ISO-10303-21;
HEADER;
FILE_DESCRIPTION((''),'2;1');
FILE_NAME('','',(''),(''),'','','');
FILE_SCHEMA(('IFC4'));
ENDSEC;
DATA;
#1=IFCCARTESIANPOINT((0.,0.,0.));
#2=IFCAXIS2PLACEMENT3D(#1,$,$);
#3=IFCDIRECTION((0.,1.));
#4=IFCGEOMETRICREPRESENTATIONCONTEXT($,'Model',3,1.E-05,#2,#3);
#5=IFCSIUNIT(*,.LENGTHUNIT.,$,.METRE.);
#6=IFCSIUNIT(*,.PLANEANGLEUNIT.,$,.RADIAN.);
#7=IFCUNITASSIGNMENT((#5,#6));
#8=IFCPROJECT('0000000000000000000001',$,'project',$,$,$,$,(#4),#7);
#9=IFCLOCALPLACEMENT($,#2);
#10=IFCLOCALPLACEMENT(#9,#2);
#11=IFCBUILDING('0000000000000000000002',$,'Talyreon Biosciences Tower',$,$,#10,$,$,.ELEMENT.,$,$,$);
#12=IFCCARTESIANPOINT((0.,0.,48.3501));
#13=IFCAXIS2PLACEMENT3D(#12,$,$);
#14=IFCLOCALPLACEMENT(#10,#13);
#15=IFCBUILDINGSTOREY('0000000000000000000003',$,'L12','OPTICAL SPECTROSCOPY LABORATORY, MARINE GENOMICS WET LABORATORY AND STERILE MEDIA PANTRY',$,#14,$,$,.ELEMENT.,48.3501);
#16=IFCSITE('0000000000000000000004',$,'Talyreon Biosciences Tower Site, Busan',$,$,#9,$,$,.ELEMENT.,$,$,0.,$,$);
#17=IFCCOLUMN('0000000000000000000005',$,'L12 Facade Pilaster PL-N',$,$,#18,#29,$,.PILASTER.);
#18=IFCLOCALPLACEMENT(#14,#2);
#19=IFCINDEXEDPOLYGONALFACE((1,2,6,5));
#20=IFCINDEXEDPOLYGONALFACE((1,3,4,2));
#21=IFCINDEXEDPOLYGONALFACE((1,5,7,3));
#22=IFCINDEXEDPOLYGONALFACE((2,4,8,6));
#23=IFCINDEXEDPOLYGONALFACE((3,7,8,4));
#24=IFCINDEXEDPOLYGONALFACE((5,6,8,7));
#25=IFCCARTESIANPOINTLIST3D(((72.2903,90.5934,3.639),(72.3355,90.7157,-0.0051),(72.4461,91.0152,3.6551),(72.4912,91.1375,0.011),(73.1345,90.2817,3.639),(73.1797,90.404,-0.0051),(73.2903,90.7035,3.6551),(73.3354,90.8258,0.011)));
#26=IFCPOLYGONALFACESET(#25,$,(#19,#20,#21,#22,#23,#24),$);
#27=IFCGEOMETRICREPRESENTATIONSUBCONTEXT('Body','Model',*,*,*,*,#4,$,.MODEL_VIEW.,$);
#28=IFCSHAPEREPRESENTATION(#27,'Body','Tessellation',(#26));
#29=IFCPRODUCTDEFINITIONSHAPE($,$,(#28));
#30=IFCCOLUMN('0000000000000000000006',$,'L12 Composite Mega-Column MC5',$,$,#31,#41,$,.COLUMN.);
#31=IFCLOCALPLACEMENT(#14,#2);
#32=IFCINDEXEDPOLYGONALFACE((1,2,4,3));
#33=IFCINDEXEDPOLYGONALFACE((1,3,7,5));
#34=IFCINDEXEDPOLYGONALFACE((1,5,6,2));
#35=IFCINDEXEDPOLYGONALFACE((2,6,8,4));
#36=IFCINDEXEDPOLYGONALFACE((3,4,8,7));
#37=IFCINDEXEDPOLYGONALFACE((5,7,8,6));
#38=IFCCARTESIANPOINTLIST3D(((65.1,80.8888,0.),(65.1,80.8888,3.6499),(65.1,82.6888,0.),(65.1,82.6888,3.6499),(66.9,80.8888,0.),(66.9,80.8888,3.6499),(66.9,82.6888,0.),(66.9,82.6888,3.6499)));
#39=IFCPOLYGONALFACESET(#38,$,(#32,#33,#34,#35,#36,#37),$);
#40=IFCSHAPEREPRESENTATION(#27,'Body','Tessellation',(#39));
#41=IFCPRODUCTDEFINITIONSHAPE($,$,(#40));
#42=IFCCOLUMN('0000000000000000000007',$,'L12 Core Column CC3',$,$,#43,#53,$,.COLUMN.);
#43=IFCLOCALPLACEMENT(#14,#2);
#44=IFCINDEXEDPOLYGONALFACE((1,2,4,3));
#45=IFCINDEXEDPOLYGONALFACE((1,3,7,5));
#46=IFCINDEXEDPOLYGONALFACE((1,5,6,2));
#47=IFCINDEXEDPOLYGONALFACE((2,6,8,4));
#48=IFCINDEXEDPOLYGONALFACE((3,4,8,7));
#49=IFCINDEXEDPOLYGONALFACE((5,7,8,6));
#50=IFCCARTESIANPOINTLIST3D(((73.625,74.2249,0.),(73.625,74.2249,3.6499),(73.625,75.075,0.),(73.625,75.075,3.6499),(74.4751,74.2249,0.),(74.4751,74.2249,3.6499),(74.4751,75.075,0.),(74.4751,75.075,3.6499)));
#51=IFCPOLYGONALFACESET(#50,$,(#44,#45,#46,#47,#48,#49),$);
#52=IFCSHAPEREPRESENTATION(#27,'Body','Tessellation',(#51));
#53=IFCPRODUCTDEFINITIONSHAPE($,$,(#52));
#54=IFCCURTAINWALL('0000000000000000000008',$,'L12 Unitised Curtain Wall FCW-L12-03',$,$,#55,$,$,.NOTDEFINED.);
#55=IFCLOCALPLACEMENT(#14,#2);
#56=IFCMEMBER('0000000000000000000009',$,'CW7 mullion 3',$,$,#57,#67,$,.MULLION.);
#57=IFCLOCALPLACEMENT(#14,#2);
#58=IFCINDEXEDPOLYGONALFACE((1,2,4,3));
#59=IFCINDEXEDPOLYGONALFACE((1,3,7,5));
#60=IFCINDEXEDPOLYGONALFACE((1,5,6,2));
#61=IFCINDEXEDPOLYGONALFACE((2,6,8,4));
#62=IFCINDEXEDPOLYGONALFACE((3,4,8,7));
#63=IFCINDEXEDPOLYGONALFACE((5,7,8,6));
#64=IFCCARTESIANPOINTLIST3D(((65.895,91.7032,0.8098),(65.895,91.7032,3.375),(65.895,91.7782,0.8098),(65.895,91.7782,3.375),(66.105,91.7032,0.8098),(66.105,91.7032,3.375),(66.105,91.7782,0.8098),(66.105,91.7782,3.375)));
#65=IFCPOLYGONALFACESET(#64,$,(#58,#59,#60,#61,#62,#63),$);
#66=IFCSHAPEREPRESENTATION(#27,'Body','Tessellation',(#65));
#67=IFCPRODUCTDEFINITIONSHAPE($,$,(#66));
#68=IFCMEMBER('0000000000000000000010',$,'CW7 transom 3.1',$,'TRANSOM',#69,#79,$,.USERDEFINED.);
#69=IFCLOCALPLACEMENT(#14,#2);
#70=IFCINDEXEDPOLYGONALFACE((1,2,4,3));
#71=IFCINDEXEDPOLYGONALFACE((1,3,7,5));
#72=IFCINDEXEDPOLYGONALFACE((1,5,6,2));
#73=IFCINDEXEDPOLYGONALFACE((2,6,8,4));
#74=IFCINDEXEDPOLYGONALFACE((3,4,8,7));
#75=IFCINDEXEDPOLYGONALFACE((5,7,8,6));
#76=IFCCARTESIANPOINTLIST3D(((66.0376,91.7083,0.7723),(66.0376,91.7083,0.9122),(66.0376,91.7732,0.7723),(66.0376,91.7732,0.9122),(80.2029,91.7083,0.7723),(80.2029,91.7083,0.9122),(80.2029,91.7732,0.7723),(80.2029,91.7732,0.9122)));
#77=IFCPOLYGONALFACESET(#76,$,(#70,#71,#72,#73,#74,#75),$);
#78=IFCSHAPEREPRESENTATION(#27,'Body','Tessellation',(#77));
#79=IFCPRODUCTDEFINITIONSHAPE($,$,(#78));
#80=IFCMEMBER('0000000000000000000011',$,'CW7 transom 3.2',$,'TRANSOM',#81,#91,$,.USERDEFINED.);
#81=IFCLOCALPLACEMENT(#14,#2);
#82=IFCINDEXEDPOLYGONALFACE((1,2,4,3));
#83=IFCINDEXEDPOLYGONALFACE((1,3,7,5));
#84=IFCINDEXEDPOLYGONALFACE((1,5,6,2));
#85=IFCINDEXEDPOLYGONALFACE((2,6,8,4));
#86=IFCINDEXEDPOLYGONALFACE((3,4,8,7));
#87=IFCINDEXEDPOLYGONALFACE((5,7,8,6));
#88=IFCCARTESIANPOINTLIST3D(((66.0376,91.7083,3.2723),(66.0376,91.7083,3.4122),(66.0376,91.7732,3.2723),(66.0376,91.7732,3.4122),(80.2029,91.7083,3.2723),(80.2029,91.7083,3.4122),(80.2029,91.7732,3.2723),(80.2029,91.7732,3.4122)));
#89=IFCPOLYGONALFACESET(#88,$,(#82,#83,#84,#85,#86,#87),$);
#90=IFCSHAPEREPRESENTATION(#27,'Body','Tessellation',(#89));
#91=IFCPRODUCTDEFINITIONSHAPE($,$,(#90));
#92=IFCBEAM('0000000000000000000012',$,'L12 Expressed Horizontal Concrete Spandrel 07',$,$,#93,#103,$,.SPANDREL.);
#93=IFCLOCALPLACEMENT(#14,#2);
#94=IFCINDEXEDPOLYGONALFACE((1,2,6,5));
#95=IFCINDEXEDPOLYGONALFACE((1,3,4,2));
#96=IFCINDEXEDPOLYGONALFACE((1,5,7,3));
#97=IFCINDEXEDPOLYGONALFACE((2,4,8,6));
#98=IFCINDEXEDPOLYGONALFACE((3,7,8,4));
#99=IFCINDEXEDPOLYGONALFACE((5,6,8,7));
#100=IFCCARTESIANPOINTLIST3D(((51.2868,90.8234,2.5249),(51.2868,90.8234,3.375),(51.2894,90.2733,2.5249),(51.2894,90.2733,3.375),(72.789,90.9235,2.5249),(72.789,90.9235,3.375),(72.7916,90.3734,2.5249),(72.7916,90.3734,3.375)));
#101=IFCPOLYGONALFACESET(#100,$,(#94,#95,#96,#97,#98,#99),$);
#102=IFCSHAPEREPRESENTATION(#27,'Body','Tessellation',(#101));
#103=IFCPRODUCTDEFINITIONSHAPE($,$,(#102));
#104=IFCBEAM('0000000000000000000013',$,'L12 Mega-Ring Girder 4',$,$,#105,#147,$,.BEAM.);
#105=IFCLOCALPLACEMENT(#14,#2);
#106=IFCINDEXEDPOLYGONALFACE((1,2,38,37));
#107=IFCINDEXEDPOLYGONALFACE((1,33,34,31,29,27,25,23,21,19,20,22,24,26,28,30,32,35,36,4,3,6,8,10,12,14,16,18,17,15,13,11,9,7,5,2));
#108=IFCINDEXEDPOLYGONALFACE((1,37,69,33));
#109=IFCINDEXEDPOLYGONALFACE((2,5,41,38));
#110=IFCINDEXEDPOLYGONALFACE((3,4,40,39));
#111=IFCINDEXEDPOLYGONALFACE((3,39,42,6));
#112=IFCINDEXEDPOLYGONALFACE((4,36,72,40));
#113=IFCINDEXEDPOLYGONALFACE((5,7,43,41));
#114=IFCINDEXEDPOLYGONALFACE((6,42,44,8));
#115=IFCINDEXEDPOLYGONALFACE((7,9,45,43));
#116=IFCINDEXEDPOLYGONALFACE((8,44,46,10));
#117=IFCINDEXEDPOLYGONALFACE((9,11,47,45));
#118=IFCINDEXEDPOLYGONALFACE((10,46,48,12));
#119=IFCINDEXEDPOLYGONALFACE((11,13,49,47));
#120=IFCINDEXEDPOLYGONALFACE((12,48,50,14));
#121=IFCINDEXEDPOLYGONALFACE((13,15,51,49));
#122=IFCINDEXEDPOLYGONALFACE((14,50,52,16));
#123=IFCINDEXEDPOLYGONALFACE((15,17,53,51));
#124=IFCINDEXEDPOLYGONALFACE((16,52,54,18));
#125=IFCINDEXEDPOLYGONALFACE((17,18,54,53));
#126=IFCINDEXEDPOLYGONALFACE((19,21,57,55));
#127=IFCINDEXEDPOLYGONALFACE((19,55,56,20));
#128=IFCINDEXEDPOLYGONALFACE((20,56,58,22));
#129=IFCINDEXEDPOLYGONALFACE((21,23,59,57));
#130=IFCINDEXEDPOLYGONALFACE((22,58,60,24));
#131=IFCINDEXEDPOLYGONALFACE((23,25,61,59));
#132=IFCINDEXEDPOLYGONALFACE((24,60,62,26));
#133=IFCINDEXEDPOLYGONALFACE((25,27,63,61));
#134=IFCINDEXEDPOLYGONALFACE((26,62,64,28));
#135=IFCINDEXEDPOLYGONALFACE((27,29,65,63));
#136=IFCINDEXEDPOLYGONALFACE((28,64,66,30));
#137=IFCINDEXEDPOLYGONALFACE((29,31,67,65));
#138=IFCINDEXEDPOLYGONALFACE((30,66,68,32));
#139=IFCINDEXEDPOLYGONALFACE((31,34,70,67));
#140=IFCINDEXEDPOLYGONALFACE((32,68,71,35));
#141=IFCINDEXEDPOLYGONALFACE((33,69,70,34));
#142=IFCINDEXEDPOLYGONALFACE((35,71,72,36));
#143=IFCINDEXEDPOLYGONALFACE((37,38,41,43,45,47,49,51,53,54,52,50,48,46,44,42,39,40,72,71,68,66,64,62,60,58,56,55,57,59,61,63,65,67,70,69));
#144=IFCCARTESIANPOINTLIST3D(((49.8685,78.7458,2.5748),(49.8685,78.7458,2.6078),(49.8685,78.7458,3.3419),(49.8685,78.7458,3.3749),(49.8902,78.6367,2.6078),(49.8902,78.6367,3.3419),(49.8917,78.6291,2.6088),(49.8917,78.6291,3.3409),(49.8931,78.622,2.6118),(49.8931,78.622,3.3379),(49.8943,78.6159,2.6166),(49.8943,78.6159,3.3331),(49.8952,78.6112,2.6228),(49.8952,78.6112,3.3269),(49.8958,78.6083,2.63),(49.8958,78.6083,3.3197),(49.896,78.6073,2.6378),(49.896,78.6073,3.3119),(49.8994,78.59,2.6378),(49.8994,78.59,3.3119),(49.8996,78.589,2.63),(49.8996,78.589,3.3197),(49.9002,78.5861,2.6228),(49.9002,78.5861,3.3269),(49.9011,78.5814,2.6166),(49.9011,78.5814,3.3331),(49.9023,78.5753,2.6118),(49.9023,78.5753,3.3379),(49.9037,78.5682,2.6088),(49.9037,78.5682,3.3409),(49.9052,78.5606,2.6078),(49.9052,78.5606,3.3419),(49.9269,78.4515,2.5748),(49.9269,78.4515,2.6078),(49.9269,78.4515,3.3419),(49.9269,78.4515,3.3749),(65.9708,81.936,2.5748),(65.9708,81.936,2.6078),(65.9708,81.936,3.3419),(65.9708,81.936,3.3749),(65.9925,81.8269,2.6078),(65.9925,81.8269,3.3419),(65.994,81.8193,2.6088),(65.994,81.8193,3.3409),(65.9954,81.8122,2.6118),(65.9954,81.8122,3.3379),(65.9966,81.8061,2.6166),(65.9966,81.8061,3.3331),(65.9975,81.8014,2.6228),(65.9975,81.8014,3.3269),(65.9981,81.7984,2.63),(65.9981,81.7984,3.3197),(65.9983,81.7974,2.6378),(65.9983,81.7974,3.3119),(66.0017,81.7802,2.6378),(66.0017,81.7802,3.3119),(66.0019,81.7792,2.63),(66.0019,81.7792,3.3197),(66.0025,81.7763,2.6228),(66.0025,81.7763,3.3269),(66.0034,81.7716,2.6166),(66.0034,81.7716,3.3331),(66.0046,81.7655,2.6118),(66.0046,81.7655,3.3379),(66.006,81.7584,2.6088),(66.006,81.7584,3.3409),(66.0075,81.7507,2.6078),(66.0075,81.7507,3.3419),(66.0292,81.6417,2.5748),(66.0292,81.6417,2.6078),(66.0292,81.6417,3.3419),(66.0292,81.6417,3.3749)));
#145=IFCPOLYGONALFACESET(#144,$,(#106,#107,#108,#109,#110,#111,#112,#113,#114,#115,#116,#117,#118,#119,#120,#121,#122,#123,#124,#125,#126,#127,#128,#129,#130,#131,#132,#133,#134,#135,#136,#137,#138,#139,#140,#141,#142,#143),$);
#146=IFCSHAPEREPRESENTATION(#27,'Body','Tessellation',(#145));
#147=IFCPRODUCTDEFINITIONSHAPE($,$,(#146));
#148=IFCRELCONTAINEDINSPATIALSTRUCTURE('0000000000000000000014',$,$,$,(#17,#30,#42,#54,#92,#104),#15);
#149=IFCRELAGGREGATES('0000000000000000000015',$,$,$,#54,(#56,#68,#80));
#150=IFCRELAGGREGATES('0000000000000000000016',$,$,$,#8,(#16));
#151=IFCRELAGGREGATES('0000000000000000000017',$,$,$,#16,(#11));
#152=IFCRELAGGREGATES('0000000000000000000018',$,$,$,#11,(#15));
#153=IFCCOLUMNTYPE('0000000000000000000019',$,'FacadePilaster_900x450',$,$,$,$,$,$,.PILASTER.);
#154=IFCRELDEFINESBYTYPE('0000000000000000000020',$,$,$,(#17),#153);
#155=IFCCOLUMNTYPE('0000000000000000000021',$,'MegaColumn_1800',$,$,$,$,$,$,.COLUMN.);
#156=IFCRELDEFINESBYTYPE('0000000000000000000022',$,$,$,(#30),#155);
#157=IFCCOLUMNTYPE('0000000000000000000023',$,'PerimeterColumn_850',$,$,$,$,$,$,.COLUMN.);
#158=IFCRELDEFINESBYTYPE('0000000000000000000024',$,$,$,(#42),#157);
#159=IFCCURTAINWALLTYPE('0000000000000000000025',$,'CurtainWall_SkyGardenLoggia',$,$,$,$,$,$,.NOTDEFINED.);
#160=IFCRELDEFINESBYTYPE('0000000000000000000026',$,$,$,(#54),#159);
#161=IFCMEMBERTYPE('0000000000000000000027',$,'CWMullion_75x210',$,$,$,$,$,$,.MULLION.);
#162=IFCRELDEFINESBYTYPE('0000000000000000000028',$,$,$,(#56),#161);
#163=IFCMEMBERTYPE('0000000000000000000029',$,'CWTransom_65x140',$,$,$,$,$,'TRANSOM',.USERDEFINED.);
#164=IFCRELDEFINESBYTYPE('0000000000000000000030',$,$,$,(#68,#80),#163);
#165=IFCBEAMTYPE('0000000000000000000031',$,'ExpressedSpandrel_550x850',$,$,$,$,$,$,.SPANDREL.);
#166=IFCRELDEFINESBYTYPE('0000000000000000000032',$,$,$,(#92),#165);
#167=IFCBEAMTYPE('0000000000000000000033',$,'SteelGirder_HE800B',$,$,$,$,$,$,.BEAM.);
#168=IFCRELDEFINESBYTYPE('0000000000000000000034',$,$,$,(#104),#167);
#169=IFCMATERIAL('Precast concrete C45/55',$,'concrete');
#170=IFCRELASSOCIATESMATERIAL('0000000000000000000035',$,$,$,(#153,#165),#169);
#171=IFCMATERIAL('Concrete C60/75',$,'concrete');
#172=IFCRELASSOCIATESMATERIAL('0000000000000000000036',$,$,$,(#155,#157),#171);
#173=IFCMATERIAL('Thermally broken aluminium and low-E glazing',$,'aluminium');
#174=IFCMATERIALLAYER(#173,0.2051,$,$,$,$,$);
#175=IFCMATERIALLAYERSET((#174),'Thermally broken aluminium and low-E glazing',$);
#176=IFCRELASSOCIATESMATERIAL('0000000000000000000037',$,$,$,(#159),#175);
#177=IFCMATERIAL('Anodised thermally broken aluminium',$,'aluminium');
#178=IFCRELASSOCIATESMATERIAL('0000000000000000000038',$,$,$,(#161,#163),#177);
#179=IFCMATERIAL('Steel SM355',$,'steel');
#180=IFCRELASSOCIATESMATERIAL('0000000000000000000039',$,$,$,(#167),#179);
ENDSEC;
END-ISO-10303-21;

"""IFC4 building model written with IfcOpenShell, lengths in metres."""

from ifc_helpers import new_model, si_unit, direction, frame, origin, origin_2d, place, context, subcontext, project, spatial, rectangle, i_section, extrude, material, layer, layer_set, material_profile, profile_set, type_object, element, aggregate, save


model = new_model("IFC4")

# Units and contexts
model_context = context("Model", 3, precision=1e-05, world=origin(), true_north=direction((0.0, 1.0)))
body_context = subcontext(model_context, "Body", "Model", "MODEL_VIEW")
ifc_project = project(units=[si_unit("LENGTHUNIT", "METRE"), si_unit("PLANEANGLEUNIT", "RADIAN")], contexts=[model_context])

# Site, building, storey
site_placement = place(None, origin())
site = spatial("IfcSite", under=ifc_project, at=site_placement, Name="Talyreon Biosciences Tower Site, Busan", CompositionType="ELEMENT", RefElevation=0.0)
building_placement = place(site_placement, origin())
building = spatial("IfcBuilding", under=site, at=building_placement, Name="Talyreon Biosciences Tower", CompositionType="ELEMENT")
storey_placement = place(building_placement, frame((0.0, 0.0, 48.3501)))
storey = spatial("IfcBuildingStorey", under=building, at=storey_placement, Name="L12", Description="OPTICAL SPECTROSCOPY LABORATORY, MARINE GENOMICS WET LABORATORY AND STERILE MEDIA PANTRY", CompositionType="ELEMENT", Elevation=48.3501)

# Columns
ifc_material_1 = material(Name="Precast concrete C45/55", Category="concrete")
ifc_material_profile_1 = material_profile(ifc_material_1, rectangle(XDim=0.8999, YDim=0.45, at=origin_2d()), Name="RC 900x450")
ifc_profile_set_1 = profile_set([ifc_material_profile_1], Name="Precast concrete C45/55")
column_type_1 = type_object("IfcColumnType", Name="FacadePilaster_900x450", PredefinedType="PILASTER", material=ifc_profile_set_1)
column_1_placement = place(storey_placement, frame((72.8354, 90.7708, 0.0029), z_axis=(-0.012387, -0.033544, 0.99936), x_axis=(-0.938087, 0.346399, 0.0)))
element("IfcColumn", 1, at=column_1_placement, inside=storey, type_object=column_type_1, Name="L12 Facade Pilaster PL-N", PredefinedType="PILASTER", context=body_context, shape_type="SweptSolid", body=[
    extrude(rectangle(XDim=0.8999, YDim=0.45, at=origin_2d()), origin(), (0.0, 0.0, 1.0), 3.6465),
])
ifc_material_2 = material(Name="Concrete C60/75", Category="concrete")
ifc_material_profile_2 = material_profile(ifc_material_2, rectangle(XDim=1.8, YDim=1.8, at=origin_2d()), Name="RC 1800x1800")
ifc_profile_set_2 = profile_set([ifc_material_profile_2], Name="Concrete C60/75")
column_type_2 = type_object("IfcColumnType", Name="MegaColumn_1800", PredefinedType="COLUMN", material=ifc_profile_set_2)
column_2_placement = place(storey_placement, frame((66.0, 81.7888, 0.0), z_axis=(0.0, 0.0, 1.0), x_axis=(1.0, 0.0, 0.0)))
element("IfcColumn", 2, at=column_2_placement, inside=storey, type_object=column_type_2, Name="L12 Composite Mega-Column MC5", PredefinedType="COLUMN", context=body_context, shape_type="SweptSolid", body=[
    extrude(rectangle(XDim=1.8, YDim=1.8, at=origin_2d()), origin(), (0.0, 0.0, 1.0), 3.6499),
])
ifc_material_profile_3 = material_profile(ifc_material_2, rectangle(XDim=0.8501, YDim=0.8501, at=origin_2d()), Name="RC 850x850")
ifc_profile_set_3 = profile_set([ifc_material_profile_3], Name="Concrete C60/75")
column_type_3 = type_object("IfcColumnType", Name="PerimeterColumn_850", PredefinedType="COLUMN", material=ifc_profile_set_3)
column_3_placement = place(storey_placement, frame((74.05, 74.6499, 0.0), z_axis=(0.0, 0.0, 1.0), x_axis=(1.0, 0.0, 0.0)))
element("IfcColumn", 3, at=column_3_placement, inside=storey, type_object=column_type_3, Name="L12 Core Column CC3", PredefinedType="COLUMN", context=body_context, shape_type="SweptSolid", body=[
    extrude(rectangle(XDim=0.8501, YDim=0.8501, at=origin_2d()), origin(), (0.0, 0.0, 1.0), 3.6499),
])

# Curtain wall, members
ifc_material_3 = material(Name="Thermally broken aluminium and low-E glazing", Category="aluminium")
ifc_layer_1 = layer(ifc_material_3, 0.2051)
ifc_layer_set_1 = layer_set([ifc_layer_1], Name="Thermally broken aluminium and low-E glazing")
curtain_wall_type = type_object("IfcCurtainWallType", Name="CurtainWall_SkyGardenLoggia", PredefinedType="NOTDEFINED", material=ifc_layer_set_1)
curtain_wall_placement = place(storey_placement, origin())
curtain_wall = element("IfcCurtainWall", 4, at=curtain_wall_placement, inside=storey, type_object=curtain_wall_type, Name="L12 Unitised Curtain Wall FCW-L12-03", PredefinedType="NOTDEFINED")
ifc_material_4 = material(Name="Anodised thermally broken aluminium", Category="aluminium")
ifc_material_profile_4 = material_profile(ifc_material_4, rectangle(XDim=0.075, YDim=0.21, at=origin_2d()), Name="ALUM MULLION 75x210")
ifc_profile_set_4 = profile_set([ifc_material_profile_4], Name="Anodised thermally broken aluminium")
member_type_1 = type_object("IfcMemberType", Name="CWMullion_75x210", PredefinedType="MULLION", material=ifc_profile_set_4)
member_1_placement = place(storey_placement, frame((66.0, 91.7407, 0.8098), z_axis=(0.0, 0.0, 1.0), x_axis=(0.0, 1.0, 0.0)))
member_1 = element("IfcMember", 5, at=member_1_placement, type_object=member_type_1, Name="CW7 mullion 3", PredefinedType="MULLION", context=body_context, shape_type="SweptSolid", body=[
    extrude(rectangle(XDim=0.075, YDim=0.21, at=origin_2d()), origin(), (0.0, 0.0, 1.0), 2.5652),
])
ifc_material_profile_5 = material_profile(ifc_material_4, rectangle(XDim=0.0649, YDim=0.1399, at=origin_2d()), Name="ALUM TRANSOM 65x140")
ifc_profile_set_5 = profile_set([ifc_material_profile_5], Name="Anodised thermally broken aluminium")
member_type_2 = type_object("IfcMemberType", Name="CWTransom_65x140", ElementType="TRANSOM", PredefinedType="USERDEFINED", material=ifc_profile_set_5)
member_2_placement = place(storey_placement, frame((66.0376, 91.7407, 0.8423), z_axis=(1.0, 0.0, 0.0), x_axis=(0.0, 1.0, 0.0)))
member_2 = element("IfcMember", 6, at=member_2_placement, type_object=member_type_2, Name="CW7 transom 3.1", ObjectType="TRANSOM", PredefinedType="USERDEFINED", context=body_context, shape_type="SweptSolid", body=[
    extrude(rectangle(XDim=0.0649, YDim=0.1399, at=origin_2d()), origin(), (0.0, 0.0, 1.0), 14.1653),
])
member_3_placement = place(storey_placement, frame((66.0376, 91.7407, 3.3423), z_axis=(1.0, 0.0, 0.0), x_axis=(0.0, 1.0, 0.0)))
member_3 = element("IfcMember", 7, at=member_3_placement, type_object=member_type_2, Name="CW7 transom 3.2", ObjectType="TRANSOM", PredefinedType="USERDEFINED", context=body_context, shape_type="SweptSolid", body=[
    extrude(rectangle(XDim=0.0649, YDim=0.1399, at=origin_2d()), origin(), (0.0, 0.0, 1.0), 14.1653),
])

# Beams
ifc_material_profile_6 = material_profile(ifc_material_1, rectangle(XDim=0.55, YDim=0.8501, at=origin_2d()), Name="RCB 550x850")
ifc_profile_set_6 = profile_set([ifc_material_profile_6], Name="Precast concrete C45/55")
beam_type_1 = type_object("IfcBeamType", Name="ExpressedSpandrel_550x850", PredefinedType="SPANDREL", material=ifc_profile_set_6)
beam_1_placement = place(storey_placement, frame((72.7903, 90.6484, 2.95), z_axis=(-0.999989, -0.004655, 0.0), x_axis=(0.004655, -0.999989, 0.0)))
element("IfcBeam", 8, at=beam_1_placement, inside=storey, type_object=beam_type_1, Name="L12 Expressed Horizontal Concrete Spandrel 07", PredefinedType="SPANDREL", context=body_context, shape_type="SweptSolid", body=[
    extrude(rectangle(XDim=0.55, YDim=0.8501, at=origin_2d()), origin(), (0.0, 0.0, 1.0), 21.5024),
])
ifc_material_5 = material(Name="Steel SM355", Category="steel")
ifc_material_profile_7 = material_profile(ifc_material_5, i_section(OverallWidth=0.3, OverallDepth=0.8, WebThickness=0.0176, FlangeThickness=0.033, FilletRadius=0.03, at=origin_2d()), Name="HE800B")
ifc_profile_set_7 = profile_set([ifc_material_profile_7], Name="Steel SM355")
beam_type_2 = type_object("IfcBeamType", Name="SteelGirder_HE800B", PredefinedType="BEAM", material=ifc_profile_set_7)
beam_2_placement = place(storey_placement, frame((66.0, 81.7888, 2.9749), z_axis=(-0.980934, -0.194343, 0.0), x_axis=(0.194343, -0.980934, 0.0)))
element("IfcBeam", 9, at=beam_2_placement, inside=storey, type_object=beam_type_2, Name="L12 Mega-Ring Girder 4", PredefinedType="BEAM", context=body_context, shape_type="SweptSolid", body=[
    extrude(i_section(OverallWidth=0.3, OverallDepth=0.8, WebThickness=0.0176, FlangeThickness=0.033, FilletRadius=0.03, at=origin_2d()), origin(), (0.0, 0.0, 1.0), 16.4153),
])

aggregate(curtain_wall, [member_1, member_2, member_3])

save(model, "model.ifc")
